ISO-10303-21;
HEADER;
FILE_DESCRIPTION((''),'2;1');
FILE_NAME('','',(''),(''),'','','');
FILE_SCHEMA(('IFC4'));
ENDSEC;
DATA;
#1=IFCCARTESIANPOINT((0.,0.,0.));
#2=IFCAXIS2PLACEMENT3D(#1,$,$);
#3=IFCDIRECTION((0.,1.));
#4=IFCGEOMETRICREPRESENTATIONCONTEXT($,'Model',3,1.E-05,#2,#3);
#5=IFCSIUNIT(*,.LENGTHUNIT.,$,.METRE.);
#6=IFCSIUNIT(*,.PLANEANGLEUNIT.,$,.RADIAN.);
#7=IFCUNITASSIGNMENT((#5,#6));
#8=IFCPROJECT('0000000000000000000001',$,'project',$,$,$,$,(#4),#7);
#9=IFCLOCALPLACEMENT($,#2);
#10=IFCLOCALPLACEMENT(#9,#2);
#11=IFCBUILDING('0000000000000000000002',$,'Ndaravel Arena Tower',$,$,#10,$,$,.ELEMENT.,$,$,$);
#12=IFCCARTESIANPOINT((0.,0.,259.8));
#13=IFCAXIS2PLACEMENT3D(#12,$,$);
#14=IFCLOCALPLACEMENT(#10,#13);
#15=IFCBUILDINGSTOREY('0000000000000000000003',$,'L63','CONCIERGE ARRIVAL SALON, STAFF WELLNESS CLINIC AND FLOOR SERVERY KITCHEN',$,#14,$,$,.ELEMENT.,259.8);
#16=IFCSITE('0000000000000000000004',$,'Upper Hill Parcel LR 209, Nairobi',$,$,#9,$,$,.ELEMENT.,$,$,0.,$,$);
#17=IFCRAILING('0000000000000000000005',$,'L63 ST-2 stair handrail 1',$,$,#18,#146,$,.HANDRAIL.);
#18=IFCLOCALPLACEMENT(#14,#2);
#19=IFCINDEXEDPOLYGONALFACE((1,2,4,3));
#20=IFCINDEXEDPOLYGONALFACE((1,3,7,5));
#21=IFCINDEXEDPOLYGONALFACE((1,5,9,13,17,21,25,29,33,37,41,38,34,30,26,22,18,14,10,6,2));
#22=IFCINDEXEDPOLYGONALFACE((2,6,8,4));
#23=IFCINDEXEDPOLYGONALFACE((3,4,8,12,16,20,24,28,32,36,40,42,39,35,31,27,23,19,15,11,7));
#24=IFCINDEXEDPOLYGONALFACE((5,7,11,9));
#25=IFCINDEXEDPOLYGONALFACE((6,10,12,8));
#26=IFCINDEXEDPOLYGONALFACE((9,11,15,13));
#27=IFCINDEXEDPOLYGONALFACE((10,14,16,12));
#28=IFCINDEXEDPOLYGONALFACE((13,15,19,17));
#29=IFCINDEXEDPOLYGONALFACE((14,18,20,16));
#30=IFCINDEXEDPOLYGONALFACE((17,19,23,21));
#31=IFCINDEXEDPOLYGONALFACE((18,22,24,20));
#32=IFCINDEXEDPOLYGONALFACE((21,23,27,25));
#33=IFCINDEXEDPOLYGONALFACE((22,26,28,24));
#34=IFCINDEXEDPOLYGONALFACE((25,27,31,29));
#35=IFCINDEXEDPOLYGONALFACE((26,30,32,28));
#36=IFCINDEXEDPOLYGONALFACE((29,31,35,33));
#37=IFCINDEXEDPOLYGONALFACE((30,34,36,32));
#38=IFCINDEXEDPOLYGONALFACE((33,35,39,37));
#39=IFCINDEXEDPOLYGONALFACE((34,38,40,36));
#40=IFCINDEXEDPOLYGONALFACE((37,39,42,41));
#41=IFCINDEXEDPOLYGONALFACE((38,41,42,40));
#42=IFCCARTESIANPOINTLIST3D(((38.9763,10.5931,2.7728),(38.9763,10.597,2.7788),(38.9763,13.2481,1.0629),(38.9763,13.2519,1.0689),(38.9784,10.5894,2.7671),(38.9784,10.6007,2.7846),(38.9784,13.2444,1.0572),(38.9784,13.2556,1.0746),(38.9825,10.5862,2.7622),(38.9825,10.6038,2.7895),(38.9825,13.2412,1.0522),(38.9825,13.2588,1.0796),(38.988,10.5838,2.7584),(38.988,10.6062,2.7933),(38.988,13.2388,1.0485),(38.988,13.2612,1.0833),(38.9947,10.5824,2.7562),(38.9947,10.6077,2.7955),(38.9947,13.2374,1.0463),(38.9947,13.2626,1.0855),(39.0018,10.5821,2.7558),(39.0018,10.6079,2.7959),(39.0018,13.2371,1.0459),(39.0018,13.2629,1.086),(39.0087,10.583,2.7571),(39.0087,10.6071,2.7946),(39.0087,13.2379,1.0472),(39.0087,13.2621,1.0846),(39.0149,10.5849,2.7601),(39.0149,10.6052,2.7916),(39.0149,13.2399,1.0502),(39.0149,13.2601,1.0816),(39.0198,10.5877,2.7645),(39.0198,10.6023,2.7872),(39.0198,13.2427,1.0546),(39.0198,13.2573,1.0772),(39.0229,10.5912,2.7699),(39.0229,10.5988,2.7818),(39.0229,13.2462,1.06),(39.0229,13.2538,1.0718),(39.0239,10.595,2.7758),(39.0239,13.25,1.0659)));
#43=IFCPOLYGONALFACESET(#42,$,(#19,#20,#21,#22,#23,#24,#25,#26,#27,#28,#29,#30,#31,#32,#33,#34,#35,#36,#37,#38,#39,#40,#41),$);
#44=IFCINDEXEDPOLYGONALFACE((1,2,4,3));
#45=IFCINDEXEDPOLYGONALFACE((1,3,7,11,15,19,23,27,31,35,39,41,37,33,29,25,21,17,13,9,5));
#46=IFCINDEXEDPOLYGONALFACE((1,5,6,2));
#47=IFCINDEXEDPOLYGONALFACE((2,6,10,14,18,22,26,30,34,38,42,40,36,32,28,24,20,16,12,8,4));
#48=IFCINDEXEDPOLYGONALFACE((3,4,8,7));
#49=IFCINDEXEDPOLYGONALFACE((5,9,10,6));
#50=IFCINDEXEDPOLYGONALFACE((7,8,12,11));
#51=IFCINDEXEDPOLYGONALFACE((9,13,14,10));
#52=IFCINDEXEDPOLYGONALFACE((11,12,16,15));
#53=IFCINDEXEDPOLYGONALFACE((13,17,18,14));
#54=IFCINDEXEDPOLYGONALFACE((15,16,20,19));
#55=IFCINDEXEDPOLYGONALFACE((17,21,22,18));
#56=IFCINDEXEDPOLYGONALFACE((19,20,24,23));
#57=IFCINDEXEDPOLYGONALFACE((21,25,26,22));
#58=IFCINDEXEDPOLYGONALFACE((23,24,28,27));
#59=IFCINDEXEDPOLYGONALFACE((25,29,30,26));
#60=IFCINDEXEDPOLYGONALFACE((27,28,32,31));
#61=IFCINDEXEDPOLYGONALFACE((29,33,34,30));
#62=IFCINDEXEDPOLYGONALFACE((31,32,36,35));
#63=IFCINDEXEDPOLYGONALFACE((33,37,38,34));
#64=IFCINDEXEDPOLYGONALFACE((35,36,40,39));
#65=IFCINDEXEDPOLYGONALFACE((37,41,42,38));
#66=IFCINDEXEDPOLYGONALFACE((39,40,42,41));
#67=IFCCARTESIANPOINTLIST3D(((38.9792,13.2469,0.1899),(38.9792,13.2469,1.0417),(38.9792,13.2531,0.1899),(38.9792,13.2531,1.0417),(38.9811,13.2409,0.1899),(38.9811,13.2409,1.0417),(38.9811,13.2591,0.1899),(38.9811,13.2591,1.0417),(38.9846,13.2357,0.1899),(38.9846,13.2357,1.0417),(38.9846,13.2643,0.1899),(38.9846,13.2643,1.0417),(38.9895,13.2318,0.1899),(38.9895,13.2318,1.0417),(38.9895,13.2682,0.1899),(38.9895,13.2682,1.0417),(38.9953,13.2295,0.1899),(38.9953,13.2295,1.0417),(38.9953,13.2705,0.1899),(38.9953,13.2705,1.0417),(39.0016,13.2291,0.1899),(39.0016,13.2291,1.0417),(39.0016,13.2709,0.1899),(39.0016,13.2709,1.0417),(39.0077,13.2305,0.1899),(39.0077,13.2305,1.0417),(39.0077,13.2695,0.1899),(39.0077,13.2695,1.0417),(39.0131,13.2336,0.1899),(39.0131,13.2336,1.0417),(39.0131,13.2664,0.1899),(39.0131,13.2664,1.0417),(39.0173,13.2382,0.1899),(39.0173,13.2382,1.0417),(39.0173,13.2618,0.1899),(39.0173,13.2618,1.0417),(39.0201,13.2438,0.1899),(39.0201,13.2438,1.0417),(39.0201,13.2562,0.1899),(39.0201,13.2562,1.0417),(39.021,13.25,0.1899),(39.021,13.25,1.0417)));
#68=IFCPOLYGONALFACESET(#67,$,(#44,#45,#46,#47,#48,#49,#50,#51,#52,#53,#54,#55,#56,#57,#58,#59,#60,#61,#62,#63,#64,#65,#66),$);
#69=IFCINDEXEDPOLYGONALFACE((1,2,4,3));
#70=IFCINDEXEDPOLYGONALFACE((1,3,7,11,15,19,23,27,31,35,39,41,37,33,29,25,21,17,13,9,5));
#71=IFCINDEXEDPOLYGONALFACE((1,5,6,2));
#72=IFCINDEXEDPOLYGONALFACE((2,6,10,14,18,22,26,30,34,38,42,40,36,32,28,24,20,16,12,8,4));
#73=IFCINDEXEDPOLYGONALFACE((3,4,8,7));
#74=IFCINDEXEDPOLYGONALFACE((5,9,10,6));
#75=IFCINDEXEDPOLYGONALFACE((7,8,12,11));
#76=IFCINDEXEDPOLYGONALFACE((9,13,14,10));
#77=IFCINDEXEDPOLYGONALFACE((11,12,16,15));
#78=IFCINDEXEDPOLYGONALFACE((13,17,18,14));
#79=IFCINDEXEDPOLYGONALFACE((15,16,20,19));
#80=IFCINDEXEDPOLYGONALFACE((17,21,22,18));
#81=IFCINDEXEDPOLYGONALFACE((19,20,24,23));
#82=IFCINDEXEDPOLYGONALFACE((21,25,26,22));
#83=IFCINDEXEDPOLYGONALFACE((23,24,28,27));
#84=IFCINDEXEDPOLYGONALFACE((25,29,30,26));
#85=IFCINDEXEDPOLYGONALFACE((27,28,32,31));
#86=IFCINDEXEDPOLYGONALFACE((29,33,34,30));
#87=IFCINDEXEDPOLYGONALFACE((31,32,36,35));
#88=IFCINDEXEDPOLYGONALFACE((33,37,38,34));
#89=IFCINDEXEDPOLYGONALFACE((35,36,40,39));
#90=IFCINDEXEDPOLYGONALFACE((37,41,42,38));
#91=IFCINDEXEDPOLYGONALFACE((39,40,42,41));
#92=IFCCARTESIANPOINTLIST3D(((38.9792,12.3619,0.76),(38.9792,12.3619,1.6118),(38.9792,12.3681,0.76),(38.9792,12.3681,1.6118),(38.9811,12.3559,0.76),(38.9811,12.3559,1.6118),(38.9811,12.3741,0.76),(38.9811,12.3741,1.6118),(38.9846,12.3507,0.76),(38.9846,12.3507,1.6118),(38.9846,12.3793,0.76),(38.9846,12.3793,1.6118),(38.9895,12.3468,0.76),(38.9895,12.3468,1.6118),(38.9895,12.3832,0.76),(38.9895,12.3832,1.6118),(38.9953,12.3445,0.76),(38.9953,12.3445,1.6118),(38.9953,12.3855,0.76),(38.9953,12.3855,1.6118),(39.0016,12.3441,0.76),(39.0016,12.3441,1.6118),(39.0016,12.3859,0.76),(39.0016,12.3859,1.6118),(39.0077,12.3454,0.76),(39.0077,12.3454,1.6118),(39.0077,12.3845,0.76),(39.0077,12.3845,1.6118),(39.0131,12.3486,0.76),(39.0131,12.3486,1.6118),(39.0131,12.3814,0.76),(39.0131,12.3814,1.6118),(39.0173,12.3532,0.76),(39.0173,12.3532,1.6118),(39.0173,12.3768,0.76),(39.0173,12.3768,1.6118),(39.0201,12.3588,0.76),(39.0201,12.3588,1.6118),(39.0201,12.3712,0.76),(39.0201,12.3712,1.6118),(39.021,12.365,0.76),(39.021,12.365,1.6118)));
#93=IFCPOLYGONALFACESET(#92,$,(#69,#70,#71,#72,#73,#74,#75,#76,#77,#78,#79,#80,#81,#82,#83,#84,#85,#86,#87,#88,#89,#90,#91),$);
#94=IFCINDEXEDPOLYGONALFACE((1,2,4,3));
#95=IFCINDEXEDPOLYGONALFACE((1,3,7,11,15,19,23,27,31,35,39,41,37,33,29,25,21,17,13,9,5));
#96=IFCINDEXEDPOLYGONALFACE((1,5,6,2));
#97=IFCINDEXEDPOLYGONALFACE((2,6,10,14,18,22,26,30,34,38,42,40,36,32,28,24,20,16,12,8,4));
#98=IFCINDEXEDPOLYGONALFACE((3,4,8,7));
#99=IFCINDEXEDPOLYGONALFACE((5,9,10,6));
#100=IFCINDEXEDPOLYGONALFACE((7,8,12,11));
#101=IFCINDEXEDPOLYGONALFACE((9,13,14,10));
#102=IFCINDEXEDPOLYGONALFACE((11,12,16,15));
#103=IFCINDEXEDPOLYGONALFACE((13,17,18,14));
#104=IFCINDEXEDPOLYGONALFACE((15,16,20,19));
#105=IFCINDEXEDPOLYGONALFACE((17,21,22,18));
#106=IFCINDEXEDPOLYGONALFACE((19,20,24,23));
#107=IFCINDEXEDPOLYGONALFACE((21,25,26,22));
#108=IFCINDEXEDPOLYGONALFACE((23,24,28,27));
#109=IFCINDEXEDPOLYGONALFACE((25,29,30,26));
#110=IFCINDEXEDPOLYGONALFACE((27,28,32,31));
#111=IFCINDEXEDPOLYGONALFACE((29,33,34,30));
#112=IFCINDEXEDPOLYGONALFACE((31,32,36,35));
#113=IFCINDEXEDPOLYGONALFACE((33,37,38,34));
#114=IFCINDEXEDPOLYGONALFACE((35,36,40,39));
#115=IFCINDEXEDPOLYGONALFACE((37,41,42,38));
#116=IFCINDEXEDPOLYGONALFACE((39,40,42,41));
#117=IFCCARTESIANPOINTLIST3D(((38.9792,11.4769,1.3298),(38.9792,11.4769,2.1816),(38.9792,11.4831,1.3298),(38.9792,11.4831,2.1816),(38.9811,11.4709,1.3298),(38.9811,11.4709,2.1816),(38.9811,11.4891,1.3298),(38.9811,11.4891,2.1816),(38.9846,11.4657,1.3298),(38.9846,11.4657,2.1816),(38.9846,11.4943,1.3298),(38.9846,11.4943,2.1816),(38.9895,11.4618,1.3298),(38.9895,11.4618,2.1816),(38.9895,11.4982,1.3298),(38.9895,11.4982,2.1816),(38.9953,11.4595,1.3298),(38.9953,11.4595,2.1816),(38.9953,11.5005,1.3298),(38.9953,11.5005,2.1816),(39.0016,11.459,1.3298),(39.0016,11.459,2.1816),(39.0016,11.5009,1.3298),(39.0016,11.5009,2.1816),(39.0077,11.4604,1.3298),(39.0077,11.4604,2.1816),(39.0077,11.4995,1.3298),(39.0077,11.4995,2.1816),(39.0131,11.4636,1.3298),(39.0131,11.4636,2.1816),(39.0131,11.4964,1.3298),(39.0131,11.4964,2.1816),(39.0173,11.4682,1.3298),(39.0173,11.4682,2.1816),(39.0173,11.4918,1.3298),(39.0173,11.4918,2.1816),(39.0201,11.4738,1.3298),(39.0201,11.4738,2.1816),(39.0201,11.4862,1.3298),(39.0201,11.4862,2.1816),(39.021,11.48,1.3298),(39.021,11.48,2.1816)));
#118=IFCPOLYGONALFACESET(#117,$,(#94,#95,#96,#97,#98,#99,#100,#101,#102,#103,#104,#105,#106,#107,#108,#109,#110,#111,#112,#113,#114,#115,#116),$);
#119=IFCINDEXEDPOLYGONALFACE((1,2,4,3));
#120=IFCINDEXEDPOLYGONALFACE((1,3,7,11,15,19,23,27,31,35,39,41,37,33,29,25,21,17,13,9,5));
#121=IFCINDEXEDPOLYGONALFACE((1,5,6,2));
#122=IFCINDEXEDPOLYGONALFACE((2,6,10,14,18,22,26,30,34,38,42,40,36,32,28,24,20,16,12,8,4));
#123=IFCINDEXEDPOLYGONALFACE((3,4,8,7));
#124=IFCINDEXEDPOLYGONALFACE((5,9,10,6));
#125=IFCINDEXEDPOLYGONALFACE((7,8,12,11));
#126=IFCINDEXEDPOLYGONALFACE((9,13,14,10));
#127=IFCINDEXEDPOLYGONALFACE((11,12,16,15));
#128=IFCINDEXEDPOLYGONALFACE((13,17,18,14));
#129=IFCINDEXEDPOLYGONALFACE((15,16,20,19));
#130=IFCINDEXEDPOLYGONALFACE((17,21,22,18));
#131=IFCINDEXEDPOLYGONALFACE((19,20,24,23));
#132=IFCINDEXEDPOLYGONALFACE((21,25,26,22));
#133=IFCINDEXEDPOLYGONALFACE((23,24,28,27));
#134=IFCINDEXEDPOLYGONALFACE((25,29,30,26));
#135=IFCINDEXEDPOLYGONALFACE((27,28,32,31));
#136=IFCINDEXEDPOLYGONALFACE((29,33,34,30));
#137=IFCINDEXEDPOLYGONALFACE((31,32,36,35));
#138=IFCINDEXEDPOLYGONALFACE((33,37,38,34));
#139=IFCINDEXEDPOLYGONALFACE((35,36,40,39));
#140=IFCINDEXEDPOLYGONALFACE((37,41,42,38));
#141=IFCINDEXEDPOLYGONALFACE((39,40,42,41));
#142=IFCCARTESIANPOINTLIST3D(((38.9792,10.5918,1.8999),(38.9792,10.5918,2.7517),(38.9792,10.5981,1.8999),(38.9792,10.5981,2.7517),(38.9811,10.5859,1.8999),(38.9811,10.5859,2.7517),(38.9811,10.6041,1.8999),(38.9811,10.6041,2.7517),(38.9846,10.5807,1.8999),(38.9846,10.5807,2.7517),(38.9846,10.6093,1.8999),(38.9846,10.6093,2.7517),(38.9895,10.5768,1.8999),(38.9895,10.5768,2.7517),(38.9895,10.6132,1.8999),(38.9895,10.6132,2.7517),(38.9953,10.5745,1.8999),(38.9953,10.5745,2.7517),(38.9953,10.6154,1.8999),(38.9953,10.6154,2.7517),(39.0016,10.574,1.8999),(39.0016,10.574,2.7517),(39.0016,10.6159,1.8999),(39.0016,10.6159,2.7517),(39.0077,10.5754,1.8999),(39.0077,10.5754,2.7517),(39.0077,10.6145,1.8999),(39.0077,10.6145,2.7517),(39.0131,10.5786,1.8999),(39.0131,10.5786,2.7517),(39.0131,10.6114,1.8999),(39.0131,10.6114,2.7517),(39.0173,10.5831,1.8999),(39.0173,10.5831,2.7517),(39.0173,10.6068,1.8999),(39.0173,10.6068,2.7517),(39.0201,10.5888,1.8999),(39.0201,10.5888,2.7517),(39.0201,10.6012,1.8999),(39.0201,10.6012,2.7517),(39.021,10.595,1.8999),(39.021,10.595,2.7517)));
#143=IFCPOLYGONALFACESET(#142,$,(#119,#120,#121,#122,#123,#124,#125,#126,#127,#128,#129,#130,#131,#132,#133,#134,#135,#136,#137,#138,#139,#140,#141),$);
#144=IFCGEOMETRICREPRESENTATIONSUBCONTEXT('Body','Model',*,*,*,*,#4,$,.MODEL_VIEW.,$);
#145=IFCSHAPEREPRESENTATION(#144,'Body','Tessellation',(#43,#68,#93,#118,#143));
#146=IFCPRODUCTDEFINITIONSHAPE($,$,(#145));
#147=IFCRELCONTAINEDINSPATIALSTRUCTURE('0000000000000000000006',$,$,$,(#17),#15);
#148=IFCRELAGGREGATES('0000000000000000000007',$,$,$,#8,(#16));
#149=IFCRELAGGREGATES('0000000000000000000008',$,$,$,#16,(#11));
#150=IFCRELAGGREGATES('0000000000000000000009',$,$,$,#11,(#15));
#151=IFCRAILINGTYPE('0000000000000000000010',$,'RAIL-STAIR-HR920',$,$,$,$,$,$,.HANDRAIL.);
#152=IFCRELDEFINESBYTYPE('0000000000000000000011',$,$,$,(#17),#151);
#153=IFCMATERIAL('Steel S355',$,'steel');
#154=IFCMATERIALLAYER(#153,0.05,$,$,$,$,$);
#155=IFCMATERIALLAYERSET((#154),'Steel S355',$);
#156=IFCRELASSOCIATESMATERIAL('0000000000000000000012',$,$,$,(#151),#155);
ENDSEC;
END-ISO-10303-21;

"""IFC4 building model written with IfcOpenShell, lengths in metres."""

from ifc_helpers import new_model, si_unit, direction, frame, origin, origin_2d, place, context, subcontext, project, spatial, circle, extrude, material, layer, layer_set, type_object, element, save


model = new_model("IFC4")

# Units and contexts
model_context = context("Model", 3, precision=1e-05, world=origin(), true_north=direction((0.0, 1.0)))
body_context = subcontext(model_context, "Body", "Model", "MODEL_VIEW")
ifc_project = project(units=[si_unit("LENGTHUNIT", "METRE"), si_unit("PLANEANGLEUNIT", "RADIAN")], contexts=[model_context])

# Site, building, storey
site_placement = place(None, origin())
site = spatial("IfcSite", under=ifc_project, at=site_placement, Name="Upper Hill Parcel LR 209, Nairobi", CompositionType="ELEMENT", RefElevation=0.0)
building_placement = place(site_placement, origin())
building = spatial("IfcBuilding", under=site, at=building_placement, Name="Ndaravel Arena Tower", CompositionType="ELEMENT")
storey_placement = place(building_placement, frame((0.0, 0.0, 259.8)))
storey = spatial("IfcBuildingStorey", under=building, at=storey_placement, Name="L63", Description="CONCIERGE ARRIVAL SALON, STAFF WELLNESS CLINIC AND FLOOR SERVERY KITCHEN", CompositionType="ELEMENT", Elevation=259.8)

# Railing
ifc_material_1 = material(Name="Steel S355", Category="steel")
ifc_layer_1 = layer(ifc_material_1, 0.05)
ifc_layer_set_1 = layer_set([ifc_layer_1], Name="Steel S355")
railing_type_1 = type_object("IfcRailingType", Name="RAIL-STAIR-HR920", PredefinedType="HANDRAIL", material=ifc_layer_set_1)
railing_1_placement = place(storey_placement, frame((39.0, 13.25, 0.1899)))
element("IfcRailing", 1, at=railing_1_placement, inside=storey, type_object=railing_type_1, Name="L63 ST-2 stair handrail 1", PredefinedType="HANDRAIL", context=body_context, shape_type="SweptSolid", body=[
    extrude(circle(Radius=0.0239, at=origin_2d()), frame((0.0, 0.0, 0.876), z_axis=(0.0, -0.840724, 0.541465), x_axis=(1.0, 0.0, 0.0)), (0.0, 0.0, 1.0), 3.158),
    extrude(circle(Radius=0.021, at=origin_2d()), origin(), (0.0, 0.0, 1.0), 0.8518),
    extrude(circle(Radius=0.021, at=origin_2d()), frame((0.0, -0.885, 0.5701)), (0.0, 0.0, 1.0), 0.8518),
    extrude(circle(Radius=0.021, at=origin_2d()), frame((0.0, -1.77, 1.1399)), (0.0, 0.0, 1.0), 0.8518),
    extrude(circle(Radius=0.021, at=origin_2d()), frame((0.0, -2.655, 1.71)), (0.0, 0.0, 1.0), 0.8518),
])

save(model, "model.ifc")
